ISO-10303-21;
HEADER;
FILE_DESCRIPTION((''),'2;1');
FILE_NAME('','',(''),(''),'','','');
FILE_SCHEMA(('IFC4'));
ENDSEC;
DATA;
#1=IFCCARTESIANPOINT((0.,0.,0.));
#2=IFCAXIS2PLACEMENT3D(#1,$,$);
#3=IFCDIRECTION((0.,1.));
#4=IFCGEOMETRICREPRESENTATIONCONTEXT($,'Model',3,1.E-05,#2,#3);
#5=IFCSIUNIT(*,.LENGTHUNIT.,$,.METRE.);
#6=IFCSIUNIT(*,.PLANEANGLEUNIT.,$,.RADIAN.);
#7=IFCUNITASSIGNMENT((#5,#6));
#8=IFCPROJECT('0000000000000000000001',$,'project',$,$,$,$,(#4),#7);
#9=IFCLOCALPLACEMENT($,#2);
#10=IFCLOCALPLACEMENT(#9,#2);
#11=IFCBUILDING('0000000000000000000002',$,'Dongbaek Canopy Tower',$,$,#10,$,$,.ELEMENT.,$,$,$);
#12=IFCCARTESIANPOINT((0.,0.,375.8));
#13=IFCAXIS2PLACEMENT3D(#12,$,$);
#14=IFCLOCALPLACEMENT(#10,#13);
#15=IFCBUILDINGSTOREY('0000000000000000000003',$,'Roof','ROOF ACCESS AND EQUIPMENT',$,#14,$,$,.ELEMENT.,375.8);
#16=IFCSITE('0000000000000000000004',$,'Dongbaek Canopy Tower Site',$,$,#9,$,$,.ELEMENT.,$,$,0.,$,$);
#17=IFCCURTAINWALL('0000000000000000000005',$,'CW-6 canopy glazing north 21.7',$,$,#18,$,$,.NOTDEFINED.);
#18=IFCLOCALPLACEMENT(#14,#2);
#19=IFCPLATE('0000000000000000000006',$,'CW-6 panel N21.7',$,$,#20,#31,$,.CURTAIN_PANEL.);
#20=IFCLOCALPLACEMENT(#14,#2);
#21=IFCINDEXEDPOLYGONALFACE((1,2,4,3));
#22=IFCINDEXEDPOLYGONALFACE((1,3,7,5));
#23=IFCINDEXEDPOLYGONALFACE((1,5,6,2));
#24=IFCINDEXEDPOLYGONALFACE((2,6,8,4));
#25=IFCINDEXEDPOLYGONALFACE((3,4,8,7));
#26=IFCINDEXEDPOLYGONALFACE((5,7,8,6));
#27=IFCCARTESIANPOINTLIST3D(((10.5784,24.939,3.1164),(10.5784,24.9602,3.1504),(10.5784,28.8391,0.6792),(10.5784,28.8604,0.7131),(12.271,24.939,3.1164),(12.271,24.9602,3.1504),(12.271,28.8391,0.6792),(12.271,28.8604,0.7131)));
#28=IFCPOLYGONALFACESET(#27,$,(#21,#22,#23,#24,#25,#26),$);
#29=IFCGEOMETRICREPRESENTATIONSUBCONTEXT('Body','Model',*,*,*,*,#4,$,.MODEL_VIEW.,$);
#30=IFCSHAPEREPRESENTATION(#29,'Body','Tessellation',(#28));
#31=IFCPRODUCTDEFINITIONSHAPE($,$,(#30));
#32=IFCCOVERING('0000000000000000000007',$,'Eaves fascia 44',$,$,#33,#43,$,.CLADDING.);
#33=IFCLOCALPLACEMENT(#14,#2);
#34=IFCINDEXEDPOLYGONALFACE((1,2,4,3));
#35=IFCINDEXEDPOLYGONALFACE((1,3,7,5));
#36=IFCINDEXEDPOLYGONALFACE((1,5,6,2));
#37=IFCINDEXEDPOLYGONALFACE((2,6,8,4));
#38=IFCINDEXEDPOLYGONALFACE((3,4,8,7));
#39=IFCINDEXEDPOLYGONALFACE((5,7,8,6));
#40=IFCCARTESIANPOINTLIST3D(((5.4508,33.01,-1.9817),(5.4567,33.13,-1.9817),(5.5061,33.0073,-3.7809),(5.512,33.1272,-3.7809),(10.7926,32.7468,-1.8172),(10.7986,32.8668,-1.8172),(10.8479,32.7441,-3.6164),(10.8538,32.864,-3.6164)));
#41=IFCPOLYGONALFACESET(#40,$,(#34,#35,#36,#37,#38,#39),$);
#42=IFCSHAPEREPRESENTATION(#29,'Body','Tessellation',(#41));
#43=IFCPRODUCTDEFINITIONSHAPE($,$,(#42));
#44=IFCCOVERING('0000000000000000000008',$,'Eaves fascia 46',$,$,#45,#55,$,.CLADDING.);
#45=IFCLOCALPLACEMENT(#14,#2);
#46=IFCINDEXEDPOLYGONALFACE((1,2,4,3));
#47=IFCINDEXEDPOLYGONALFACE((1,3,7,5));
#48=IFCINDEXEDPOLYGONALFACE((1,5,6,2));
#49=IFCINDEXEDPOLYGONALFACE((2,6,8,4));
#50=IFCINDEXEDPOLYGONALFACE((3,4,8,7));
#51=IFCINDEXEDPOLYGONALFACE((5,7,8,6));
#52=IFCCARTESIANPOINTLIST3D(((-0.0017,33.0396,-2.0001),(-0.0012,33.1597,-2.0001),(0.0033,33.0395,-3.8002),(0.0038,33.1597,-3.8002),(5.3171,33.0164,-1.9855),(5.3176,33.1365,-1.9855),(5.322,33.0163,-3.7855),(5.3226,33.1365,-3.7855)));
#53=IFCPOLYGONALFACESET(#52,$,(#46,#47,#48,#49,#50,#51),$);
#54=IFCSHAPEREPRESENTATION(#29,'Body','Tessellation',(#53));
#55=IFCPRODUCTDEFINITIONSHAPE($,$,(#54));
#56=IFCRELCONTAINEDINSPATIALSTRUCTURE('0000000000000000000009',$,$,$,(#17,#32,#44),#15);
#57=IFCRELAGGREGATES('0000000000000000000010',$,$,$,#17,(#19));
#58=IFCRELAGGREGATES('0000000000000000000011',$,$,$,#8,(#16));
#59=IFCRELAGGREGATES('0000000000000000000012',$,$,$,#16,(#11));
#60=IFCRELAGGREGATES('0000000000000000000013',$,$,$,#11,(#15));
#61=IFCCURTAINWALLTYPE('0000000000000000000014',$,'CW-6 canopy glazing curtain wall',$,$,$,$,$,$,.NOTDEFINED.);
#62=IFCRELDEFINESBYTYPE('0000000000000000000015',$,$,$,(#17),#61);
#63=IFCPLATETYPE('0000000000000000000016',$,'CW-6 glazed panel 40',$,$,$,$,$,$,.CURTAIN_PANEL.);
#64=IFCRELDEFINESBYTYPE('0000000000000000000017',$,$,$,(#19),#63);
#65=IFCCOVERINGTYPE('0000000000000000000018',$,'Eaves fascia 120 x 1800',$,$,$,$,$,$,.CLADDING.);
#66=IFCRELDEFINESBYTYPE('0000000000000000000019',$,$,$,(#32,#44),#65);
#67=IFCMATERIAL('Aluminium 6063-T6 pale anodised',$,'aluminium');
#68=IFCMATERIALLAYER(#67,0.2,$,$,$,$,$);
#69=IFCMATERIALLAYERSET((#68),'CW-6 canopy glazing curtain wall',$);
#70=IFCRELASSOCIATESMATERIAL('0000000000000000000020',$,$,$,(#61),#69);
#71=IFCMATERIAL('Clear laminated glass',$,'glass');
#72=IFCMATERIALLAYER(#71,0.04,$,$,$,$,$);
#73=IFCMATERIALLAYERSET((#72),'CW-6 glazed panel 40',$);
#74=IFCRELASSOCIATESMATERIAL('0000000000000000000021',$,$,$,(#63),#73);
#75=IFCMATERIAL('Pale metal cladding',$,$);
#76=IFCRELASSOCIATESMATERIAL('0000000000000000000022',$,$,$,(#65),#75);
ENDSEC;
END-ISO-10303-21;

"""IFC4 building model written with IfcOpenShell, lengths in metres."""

from ifc_helpers import new_model, si_unit, direction, frame, origin, origin_2d, place, context, subcontext, project, spatial, polyline, rectangle, outline, extrude, material, layer, layer_set, material_profile, profile_set, type_object, element, aggregate, save


model = new_model("IFC4")

# Units and contexts
model_context = context("Model", 3, precision=1e-05, world=origin(), true_north=direction((0.0, 1.0)))
body_context = subcontext(model_context, "Body", "Model", "MODEL_VIEW")
ifc_project = project(units=[si_unit("LENGTHUNIT", "METRE"), si_unit("PLANEANGLEUNIT", "RADIAN")], contexts=[model_context])

# Site, building, storey
site_placement = place(None, origin())
site = spatial("IfcSite", under=ifc_project, at=site_placement, Name="Dongbaek Canopy Tower Site", CompositionType="ELEMENT", RefElevation=0.0)
building_placement = place(site_placement, origin())
building = spatial("IfcBuilding", under=site, at=building_placement, Name="Dongbaek Canopy Tower", CompositionType="ELEMENT")
storey_placement = place(building_placement, frame((0.0, 0.0, 375.8)))
storey = spatial("IfcBuildingStorey", under=building, at=storey_placement, Name="Roof", Description="ROOF ACCESS AND EQUIPMENT", CompositionType="ELEMENT", Elevation=375.8)

# Curtain wall
ifc_material_1 = material(Name="Aluminium 6063-T6 pale anodised", Category="aluminium")
ifc_layer_1 = layer(ifc_material_1, 0.2)
ifc_layer_set_1 = layer_set([ifc_layer_1], Name="CW-6 canopy glazing curtain wall")
curtain_wall_type = type_object("IfcCurtainWallType", Name="CW-6 canopy glazing curtain wall", PredefinedType="NOTDEFINED", material=ifc_layer_set_1)
curtain_wall_1_placement = place(storey_placement, origin())
curtain_wall_1 = element("IfcCurtainWall", 1, at=curtain_wall_1_placement, inside=storey, type_object=curtain_wall_type, Name="CW-6 canopy glazing north 21.7", PredefinedType="NOTDEFINED")

# Shared definitions
ifc_material_2 = material(Name="Clear laminated glass", Category="glass")
ifc_layer_2 = layer(ifc_material_2, 0.04)
ifc_layer_set_2 = layer_set([ifc_layer_2], Name="CW-6 glazed panel 40")
plate_type = type_object("IfcPlateType", Name="CW-6 glazed panel 40", PredefinedType="CURTAIN_PANEL", material=ifc_layer_set_2)

# Plate
plate_1_placement = place(storey_placement, frame((12.271, 24.9602, 3.1504), z_axis=(0.0, 0.529946, 0.848031), x_axis=(-1.0, 0.0, 0.0)))
plate_1 = element("IfcPlate", 2, at=plate_1_placement, type_object=plate_type, Name="CW-6 panel N21.7", PredefinedType="CURTAIN_PANEL", context=body_context, shape_type="SweptSolid", body=[
    extrude(outline(polyline([(0.0, 0.0), (1.6926, 0.0), (1.6926, -4.5991), (0.0, -4.5991), (0.0, 0.0)])), origin(), (0.0, 0.0, -1.0), 0.04),
])
aggregate(curtain_wall_1, [plate_1])

# Coverings
ifc_material_3 = material(Name="Pale metal cladding")
ifc_material_profile_1 = material_profile(ifc_material_3, rectangle(XDim=0.1201, YDim=1.8, at=origin_2d()), Name="Eaves fascia 120 x 1800")
ifc_profile_set_1 = profile_set([ifc_material_profile_1], Name="Pale metal cladding")
covering_type = type_object("IfcCoveringType", Name="Eaves fascia 120 x 1800", PredefinedType="CLADDING", material=ifc_profile_set_1)
covering_1_placement = place(storey_placement, frame((10.8232, 32.8054, -2.7168), z_axis=(-0.998316, 0.049186, -0.030753), x_axis=(-0.049209, -0.998789, 0.0)))
element("IfcCovering", 3, at=covering_1_placement, inside=storey, type_object=covering_type, Name="Eaves fascia 44", PredefinedType="CLADDING", context=body_context, shape_type="SweptSolid", body=[
    extrude(rectangle(XDim=0.1201, YDim=1.8, at=origin_2d()), origin(), (0.0, 0.0, 1.0), 5.3508),
])
covering_2_placement = place(storey_placement, frame((5.3198, 33.0764, -2.8855), z_axis=(-0.999987, 0.004361, -0.002754), x_axis=(-0.004361, -0.99999, 0.0)))
element("IfcCovering", 4, at=covering_2_placement, inside=storey, type_object=covering_type, Name="Eaves fascia 46", PredefinedType="CLADDING", context=body_context, shape_type="SweptSolid", body=[
    extrude(rectangle(XDim=0.1201, YDim=1.8, at=origin_2d()), origin(), (0.0, 0.0, 1.0), 5.3188),
])

save(model, "model.ifc")
